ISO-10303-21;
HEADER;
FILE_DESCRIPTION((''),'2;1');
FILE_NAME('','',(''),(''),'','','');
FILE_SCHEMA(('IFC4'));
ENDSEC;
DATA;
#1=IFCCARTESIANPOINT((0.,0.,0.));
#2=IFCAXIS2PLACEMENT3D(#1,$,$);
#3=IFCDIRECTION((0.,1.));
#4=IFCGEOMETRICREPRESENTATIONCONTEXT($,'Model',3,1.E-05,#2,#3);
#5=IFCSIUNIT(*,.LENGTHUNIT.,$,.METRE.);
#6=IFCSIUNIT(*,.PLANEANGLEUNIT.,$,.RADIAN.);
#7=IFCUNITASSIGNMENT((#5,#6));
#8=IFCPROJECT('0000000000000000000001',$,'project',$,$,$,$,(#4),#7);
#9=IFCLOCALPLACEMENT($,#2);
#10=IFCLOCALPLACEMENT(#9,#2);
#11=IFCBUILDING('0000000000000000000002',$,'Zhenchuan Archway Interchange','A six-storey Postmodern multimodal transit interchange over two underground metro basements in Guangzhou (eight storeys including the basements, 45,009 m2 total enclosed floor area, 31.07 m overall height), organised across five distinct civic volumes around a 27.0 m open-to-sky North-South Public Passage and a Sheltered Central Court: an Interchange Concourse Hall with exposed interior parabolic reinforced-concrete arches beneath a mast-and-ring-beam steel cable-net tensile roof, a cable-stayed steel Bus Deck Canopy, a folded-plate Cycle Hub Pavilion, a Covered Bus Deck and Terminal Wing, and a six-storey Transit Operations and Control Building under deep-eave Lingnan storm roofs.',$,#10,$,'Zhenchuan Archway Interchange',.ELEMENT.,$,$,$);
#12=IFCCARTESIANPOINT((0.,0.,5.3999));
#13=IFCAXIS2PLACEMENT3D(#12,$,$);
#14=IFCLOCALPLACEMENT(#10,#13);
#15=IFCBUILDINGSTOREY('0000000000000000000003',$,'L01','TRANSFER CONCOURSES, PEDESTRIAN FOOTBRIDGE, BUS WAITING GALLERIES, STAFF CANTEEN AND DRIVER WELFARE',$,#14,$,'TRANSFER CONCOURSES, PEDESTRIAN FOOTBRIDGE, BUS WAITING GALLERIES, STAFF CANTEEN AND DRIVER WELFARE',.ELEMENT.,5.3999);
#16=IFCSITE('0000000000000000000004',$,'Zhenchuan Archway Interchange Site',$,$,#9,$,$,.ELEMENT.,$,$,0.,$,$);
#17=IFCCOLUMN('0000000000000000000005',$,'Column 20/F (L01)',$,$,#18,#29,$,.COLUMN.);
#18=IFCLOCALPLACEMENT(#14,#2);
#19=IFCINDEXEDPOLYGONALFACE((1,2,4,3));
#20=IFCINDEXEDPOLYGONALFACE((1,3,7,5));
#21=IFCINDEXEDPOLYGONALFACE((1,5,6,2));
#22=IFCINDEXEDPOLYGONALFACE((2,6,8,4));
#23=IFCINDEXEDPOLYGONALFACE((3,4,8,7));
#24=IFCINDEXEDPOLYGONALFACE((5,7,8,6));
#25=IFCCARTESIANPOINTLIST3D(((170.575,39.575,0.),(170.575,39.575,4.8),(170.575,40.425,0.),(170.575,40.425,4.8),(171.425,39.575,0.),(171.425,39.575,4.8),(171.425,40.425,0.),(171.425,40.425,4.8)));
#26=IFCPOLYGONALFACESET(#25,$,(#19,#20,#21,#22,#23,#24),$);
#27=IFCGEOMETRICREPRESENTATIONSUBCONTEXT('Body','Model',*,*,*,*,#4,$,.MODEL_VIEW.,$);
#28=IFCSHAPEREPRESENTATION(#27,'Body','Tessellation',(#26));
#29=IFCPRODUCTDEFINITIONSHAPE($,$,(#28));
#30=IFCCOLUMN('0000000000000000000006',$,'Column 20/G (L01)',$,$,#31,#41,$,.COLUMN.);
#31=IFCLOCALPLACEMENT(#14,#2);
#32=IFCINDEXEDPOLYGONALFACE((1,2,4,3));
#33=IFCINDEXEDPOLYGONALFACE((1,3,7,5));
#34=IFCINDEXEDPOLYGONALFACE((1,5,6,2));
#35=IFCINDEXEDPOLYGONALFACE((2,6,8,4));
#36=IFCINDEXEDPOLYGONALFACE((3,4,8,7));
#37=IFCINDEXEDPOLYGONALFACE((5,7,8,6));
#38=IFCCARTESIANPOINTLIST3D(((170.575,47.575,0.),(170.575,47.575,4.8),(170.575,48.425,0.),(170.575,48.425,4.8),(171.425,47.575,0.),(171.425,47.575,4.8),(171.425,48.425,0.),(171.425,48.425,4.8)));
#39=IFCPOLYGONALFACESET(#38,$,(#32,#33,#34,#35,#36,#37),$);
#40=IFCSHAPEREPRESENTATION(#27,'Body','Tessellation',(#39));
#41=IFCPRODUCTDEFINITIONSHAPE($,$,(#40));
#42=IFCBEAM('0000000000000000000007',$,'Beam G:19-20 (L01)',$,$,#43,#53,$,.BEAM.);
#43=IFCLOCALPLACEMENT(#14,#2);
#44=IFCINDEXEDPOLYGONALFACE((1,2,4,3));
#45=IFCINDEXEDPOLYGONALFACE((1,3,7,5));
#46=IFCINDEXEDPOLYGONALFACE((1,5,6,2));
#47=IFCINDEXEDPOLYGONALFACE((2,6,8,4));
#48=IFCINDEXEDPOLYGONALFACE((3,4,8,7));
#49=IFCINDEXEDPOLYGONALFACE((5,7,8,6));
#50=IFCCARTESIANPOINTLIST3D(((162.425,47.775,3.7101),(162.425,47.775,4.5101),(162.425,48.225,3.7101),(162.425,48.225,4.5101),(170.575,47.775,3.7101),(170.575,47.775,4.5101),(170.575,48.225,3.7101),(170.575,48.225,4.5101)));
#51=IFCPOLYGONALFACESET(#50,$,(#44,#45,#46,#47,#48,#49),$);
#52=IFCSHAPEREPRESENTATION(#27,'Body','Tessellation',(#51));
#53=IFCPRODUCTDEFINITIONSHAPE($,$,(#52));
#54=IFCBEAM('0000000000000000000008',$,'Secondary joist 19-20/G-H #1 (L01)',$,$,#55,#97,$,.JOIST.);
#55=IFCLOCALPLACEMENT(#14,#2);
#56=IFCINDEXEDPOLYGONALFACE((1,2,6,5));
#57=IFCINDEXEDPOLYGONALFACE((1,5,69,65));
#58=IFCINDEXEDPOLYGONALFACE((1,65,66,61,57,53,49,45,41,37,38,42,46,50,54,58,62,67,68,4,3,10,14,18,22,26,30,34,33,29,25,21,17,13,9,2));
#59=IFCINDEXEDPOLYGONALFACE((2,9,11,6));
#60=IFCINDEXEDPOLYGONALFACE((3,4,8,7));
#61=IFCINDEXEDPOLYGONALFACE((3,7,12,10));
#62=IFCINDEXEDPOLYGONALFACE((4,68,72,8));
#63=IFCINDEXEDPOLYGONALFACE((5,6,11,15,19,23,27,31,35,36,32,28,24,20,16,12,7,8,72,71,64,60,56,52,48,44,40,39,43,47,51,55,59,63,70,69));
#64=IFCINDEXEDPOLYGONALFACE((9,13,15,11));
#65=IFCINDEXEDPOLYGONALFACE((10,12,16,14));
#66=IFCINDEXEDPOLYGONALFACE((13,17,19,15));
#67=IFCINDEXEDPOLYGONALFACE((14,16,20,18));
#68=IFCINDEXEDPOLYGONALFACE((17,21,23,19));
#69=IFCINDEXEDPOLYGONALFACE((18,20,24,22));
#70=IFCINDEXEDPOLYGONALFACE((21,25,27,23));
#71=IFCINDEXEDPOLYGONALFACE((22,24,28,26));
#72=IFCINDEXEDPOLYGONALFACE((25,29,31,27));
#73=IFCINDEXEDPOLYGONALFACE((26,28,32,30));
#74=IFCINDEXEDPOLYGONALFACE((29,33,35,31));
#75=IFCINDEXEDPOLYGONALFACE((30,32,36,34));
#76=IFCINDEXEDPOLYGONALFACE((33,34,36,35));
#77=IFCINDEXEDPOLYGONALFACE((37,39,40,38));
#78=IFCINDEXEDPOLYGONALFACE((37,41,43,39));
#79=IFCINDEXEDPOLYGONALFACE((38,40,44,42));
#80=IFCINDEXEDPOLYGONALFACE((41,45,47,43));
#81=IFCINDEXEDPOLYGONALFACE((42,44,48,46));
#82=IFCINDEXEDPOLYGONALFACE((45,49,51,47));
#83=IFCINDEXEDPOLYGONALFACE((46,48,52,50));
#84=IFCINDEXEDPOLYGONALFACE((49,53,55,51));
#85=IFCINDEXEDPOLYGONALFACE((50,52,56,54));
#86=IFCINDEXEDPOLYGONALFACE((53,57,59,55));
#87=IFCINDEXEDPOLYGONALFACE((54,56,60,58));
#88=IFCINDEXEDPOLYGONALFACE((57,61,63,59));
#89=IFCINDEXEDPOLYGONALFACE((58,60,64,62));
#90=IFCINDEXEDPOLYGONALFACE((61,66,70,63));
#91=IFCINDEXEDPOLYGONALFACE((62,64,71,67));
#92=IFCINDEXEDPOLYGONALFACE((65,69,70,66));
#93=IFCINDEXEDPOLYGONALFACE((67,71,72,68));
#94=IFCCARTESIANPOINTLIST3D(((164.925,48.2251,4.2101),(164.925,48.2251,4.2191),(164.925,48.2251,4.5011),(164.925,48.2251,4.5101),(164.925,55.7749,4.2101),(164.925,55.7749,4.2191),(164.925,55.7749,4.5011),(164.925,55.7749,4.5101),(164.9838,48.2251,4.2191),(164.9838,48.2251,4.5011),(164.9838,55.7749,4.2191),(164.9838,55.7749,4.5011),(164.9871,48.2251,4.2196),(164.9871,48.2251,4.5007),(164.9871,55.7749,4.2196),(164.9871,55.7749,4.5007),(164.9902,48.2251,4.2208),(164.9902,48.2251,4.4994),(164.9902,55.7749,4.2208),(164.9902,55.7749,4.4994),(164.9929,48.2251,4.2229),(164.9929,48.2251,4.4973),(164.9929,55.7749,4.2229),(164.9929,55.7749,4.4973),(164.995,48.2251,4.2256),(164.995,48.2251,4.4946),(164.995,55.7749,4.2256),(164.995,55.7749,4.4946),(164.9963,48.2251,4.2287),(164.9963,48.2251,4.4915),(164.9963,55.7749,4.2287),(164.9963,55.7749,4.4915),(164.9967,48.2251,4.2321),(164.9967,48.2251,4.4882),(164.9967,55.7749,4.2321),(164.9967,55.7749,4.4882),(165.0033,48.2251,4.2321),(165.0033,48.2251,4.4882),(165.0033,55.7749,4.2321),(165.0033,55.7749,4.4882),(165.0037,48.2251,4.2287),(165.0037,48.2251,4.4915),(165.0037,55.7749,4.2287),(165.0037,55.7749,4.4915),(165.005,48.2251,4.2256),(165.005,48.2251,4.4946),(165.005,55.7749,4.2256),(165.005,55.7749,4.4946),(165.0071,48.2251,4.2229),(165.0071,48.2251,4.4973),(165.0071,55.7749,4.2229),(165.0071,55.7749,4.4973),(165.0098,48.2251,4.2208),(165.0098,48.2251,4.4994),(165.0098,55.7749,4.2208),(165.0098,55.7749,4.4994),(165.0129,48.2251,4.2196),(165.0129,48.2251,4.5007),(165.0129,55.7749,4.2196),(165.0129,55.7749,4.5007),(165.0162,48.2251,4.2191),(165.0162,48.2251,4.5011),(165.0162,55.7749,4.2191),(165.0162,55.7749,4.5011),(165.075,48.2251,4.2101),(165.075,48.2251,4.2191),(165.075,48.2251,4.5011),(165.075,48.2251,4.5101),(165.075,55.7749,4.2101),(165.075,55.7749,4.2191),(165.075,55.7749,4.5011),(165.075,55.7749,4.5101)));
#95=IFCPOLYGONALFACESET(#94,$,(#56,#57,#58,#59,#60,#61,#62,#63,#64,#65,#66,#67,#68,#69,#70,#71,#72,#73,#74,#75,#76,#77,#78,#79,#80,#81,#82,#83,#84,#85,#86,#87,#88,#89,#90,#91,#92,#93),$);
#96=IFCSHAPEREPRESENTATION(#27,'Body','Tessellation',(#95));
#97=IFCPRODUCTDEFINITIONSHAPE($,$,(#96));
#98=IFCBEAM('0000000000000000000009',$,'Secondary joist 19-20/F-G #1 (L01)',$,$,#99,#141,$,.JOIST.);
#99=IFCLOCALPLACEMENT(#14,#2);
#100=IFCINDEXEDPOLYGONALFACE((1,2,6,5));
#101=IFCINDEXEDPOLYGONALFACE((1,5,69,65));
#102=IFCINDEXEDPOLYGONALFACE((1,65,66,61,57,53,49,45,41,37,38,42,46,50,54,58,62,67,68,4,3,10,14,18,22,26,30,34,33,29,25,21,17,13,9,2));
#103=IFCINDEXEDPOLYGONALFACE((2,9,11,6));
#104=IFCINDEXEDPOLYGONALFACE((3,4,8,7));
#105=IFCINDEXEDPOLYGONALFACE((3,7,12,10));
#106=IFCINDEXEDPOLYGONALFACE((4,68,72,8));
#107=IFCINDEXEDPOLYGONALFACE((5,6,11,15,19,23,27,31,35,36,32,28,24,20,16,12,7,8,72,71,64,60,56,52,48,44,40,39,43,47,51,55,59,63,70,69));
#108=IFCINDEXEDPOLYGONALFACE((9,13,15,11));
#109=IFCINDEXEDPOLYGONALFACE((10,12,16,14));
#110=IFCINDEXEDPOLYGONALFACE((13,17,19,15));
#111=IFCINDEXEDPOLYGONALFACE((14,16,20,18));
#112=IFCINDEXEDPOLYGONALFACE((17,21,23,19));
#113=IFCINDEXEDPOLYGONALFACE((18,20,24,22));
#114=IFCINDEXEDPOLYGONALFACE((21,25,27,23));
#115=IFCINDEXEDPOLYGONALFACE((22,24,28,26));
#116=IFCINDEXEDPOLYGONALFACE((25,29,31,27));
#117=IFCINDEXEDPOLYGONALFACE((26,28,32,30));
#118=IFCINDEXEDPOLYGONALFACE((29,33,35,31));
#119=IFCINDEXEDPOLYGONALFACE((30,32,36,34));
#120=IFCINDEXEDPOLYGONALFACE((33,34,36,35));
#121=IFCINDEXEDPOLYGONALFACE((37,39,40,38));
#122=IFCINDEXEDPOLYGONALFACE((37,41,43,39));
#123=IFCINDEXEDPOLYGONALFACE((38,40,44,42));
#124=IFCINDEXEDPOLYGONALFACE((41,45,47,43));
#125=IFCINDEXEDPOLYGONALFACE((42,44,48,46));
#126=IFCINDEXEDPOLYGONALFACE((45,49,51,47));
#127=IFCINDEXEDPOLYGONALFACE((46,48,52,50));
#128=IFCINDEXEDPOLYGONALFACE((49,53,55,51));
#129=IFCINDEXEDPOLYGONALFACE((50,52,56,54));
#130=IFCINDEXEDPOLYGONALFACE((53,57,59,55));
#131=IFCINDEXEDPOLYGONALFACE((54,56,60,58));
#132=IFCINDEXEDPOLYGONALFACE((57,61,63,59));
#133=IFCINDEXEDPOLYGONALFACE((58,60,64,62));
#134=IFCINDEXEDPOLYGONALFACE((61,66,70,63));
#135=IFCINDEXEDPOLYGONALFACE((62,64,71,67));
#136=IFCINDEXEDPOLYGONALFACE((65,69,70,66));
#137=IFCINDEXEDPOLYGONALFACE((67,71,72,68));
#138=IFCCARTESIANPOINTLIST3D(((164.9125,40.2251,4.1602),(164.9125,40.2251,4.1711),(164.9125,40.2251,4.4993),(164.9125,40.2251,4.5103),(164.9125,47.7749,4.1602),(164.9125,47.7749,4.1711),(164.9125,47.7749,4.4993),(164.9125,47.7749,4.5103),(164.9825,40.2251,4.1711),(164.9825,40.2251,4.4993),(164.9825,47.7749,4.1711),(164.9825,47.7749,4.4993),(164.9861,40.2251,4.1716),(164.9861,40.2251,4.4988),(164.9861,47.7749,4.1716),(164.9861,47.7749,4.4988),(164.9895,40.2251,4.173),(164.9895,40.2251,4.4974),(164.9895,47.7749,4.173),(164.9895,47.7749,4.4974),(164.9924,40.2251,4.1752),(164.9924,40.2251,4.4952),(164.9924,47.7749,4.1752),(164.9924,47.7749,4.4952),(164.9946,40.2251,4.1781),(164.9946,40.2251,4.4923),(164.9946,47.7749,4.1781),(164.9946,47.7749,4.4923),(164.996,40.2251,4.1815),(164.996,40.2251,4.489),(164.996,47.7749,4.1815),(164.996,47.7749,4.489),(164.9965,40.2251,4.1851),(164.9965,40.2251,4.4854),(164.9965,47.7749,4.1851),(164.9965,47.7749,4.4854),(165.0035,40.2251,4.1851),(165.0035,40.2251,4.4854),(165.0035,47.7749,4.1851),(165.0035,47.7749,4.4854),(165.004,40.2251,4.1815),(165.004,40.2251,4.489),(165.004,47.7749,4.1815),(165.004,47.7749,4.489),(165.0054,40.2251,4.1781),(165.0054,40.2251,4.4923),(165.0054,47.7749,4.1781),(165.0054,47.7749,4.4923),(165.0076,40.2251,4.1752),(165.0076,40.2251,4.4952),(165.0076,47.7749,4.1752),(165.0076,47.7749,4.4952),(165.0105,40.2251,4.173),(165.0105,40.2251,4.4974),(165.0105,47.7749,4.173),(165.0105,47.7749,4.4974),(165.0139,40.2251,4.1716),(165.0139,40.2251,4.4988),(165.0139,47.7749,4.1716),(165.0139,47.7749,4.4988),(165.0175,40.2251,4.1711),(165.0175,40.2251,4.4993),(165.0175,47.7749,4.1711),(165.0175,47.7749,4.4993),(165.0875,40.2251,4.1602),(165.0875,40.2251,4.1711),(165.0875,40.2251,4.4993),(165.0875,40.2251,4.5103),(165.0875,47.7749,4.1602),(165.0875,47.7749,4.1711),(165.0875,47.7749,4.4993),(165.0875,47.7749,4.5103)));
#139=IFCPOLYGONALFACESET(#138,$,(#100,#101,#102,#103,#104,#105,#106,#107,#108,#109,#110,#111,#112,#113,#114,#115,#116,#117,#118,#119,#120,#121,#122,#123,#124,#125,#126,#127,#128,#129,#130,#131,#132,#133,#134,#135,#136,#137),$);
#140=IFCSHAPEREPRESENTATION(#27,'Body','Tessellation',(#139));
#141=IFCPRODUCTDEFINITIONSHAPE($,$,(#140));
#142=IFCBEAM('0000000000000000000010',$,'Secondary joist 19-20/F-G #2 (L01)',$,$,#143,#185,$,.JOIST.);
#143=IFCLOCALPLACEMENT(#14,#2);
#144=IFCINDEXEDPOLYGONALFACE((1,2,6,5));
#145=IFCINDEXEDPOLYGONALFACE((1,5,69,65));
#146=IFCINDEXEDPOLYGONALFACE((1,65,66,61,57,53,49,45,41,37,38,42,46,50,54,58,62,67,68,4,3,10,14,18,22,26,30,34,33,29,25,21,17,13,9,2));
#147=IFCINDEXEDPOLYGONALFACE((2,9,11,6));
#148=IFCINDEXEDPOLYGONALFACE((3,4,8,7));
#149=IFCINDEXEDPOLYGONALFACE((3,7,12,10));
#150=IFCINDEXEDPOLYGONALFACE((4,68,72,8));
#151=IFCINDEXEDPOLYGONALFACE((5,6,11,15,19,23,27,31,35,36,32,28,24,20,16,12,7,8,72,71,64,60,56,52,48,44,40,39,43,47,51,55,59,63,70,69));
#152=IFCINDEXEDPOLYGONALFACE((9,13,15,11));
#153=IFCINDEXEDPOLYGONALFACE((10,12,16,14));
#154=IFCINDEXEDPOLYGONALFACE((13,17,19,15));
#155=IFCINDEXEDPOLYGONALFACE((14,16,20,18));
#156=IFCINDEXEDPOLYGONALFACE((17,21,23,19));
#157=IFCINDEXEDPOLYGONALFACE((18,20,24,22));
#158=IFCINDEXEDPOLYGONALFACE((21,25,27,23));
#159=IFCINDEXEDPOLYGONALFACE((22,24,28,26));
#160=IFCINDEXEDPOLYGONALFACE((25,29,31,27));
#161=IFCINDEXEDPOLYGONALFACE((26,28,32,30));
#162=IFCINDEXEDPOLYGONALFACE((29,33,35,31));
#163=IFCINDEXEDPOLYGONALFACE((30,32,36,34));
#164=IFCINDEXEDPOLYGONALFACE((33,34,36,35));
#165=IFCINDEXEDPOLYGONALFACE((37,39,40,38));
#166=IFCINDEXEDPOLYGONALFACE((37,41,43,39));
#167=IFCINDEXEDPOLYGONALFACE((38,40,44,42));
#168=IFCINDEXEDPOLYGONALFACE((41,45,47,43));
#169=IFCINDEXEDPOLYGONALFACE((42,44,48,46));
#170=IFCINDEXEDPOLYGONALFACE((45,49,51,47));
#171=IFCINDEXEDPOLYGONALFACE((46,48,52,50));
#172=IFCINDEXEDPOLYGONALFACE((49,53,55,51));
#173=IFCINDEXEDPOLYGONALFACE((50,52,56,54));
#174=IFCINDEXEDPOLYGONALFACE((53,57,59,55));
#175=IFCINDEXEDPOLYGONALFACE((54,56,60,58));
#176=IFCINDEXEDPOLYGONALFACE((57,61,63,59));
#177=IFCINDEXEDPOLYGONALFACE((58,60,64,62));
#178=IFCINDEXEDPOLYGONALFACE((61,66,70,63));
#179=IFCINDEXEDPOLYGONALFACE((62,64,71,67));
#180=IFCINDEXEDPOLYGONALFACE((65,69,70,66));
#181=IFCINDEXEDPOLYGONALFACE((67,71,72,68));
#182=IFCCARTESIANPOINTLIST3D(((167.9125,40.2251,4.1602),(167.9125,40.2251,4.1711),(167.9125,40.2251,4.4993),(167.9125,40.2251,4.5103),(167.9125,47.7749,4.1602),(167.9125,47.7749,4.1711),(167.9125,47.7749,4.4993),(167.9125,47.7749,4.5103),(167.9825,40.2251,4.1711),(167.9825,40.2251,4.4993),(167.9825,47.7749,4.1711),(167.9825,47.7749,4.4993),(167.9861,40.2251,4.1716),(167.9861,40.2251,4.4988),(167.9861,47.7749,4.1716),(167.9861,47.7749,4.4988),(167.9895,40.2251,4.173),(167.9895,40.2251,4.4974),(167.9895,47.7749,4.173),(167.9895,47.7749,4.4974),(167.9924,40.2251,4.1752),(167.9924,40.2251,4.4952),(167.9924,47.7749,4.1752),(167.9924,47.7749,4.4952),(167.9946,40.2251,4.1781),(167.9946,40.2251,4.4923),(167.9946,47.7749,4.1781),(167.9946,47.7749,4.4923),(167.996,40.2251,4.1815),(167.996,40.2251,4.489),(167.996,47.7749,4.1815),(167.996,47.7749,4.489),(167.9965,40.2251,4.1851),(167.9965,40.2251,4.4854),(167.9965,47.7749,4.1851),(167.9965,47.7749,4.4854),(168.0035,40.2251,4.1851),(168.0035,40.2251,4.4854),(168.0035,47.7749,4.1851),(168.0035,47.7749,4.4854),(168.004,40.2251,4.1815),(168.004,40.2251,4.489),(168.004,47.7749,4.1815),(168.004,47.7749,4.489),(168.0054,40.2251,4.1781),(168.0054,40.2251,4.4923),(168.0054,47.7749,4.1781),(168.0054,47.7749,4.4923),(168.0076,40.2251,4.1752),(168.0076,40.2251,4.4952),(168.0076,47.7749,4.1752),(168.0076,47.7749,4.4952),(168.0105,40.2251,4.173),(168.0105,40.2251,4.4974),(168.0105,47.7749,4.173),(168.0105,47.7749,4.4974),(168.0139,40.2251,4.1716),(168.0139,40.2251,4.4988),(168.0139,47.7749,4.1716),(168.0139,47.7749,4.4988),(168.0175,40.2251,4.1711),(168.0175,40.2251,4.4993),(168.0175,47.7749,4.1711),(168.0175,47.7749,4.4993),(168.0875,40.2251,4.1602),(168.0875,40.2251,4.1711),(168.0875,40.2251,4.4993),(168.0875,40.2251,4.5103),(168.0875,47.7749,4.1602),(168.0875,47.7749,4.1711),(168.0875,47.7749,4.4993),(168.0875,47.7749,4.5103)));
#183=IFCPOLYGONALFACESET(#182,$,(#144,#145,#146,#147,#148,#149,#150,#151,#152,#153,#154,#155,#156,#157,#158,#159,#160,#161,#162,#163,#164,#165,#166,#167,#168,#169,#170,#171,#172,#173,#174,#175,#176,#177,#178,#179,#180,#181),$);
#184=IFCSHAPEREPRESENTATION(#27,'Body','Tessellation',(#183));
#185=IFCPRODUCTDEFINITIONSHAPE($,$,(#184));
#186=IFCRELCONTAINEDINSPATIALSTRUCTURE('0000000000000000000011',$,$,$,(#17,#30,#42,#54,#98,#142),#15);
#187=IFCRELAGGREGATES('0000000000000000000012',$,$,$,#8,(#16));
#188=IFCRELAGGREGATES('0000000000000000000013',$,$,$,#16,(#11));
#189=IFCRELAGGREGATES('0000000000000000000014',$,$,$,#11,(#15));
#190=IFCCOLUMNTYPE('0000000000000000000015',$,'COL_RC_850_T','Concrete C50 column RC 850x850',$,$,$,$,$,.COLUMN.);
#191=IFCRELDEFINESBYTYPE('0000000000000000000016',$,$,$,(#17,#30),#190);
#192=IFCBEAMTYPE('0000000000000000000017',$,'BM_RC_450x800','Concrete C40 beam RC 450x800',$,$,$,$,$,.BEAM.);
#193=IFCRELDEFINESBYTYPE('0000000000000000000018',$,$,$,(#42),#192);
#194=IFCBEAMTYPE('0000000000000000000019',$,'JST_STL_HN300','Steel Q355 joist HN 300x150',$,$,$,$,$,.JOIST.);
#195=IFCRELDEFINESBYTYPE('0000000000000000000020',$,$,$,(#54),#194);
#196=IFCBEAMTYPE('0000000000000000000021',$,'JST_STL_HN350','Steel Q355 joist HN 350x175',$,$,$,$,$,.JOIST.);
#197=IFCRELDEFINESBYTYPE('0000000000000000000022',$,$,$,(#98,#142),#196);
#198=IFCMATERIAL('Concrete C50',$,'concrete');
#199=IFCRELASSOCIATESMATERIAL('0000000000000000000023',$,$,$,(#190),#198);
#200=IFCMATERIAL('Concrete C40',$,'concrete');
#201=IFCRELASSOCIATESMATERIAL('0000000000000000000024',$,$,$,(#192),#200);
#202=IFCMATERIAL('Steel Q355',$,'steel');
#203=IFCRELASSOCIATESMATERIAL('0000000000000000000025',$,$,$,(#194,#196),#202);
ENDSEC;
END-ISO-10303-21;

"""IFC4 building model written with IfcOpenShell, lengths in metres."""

from ifc_helpers import new_model, si_unit, direction, frame, origin, origin_2d, place, context, subcontext, project, spatial, rectangle, i_section, extrude, material, material_profile, profile_set, type_object, element, save


model = new_model("IFC4")

# Units and contexts
model_context = context("Model", 3, precision=1e-05, world=origin(), true_north=direction((0.0, 1.0)))
body_context = subcontext(model_context, "Body", "Model", "MODEL_VIEW")
ifc_project = project(units=[si_unit("LENGTHUNIT", "METRE"), si_unit("PLANEANGLEUNIT", "RADIAN")], contexts=[model_context])

# Site, building, storey
site_placement = place(None, origin())
site = spatial("IfcSite", under=ifc_project, at=site_placement, Name="Zhenchuan Archway Interchange Site", CompositionType="ELEMENT", RefElevation=0.0)
building_placement = place(site_placement, origin())
building = spatial("IfcBuilding", under=site, at=building_placement, Name="Zhenchuan Archway Interchange", Description="A six-storey Postmodern multimodal transit interchange over two underground metro basements in Guangzhou (eight storeys including the basements, 45,009 m2 total enclosed floor area, 31.07 m overall height), organised across five distinct civic volumes around a 27.0 m open-to-sky North-South Public Passage and a Sheltered Central Court: an Interchange Concourse Hall with exposed interior parabolic reinforced-concrete arches beneath a mast-and-ring-beam steel cable-net tensile roof, a cable-stayed steel Bus Deck Canopy, a folded-plate Cycle Hub Pavilion, a Covered Bus Deck and Terminal Wing, and a six-storey Transit Operations and Control Building under deep-eave Lingnan storm roofs.", LongName="Zhenchuan Archway Interchange", CompositionType="ELEMENT")
storey_placement = place(building_placement, frame((0.0, 0.0, 5.3999)))
storey = spatial("IfcBuildingStorey", under=building, at=storey_placement, Name="L01", Description="TRANSFER CONCOURSES, PEDESTRIAN FOOTBRIDGE, BUS WAITING GALLERIES, STAFF CANTEEN AND DRIVER WELFARE", LongName="TRANSFER CONCOURSES, PEDESTRIAN FOOTBRIDGE, BUS WAITING GALLERIES, STAFF CANTEEN AND DRIVER WELFARE", CompositionType="ELEMENT", Elevation=5.3999)

# Columns
ifc_material_1 = material(Name="Concrete C50", Category="concrete")
ifc_material_profile_1 = material_profile(ifc_material_1, rectangle(XDim=0.8501, YDim=0.8501, at=origin_2d()), Name="RC 850x850")
ifc_profile_set_1 = profile_set([ifc_material_profile_1], Name="Concrete C50")
column_type = type_object("IfcColumnType", Name="COL_RC_850_T", Description="Concrete C50 column RC 850x850", PredefinedType="COLUMN", material=ifc_profile_set_1)
for number, where, z_axis, x_axis, name in (
    (1, (171.0, 40.0, 0.0), (0.0, 0.0, 1.0), (1.0, 0.0, 0.0), "Column 20/F (L01)"),
    (2, (171.0, 48.0, 0.0), (0.0, 0.0, 1.0), (1.0, 0.0, 0.0), "Column 20/G (L01)"),
):
    element("IfcColumn", number, at=place(storey_placement, frame(where, z_axis=z_axis, x_axis=x_axis)), inside=storey, type_object=column_type, Name=name, PredefinedType="COLUMN", context=body_context, shape_type="SweptSolid", body=[
        extrude(rectangle(XDim=0.8501, YDim=0.8501, at=origin_2d()), origin(), (0.0, 0.0, 1.0), 4.8),
    ])

# Beams
ifc_material_2 = material(Name="Concrete C40", Category="concrete")
ifc_material_profile_2 = material_profile(ifc_material_2, rectangle(XDim=0.45, YDim=0.8, at=origin_2d()), Name="RC 450x800")
ifc_profile_set_2 = profile_set([ifc_material_profile_2], Name="Concrete C40")
beam_type_1 = type_object("IfcBeamType", Name="BM_RC_450x800", Description="Concrete C40 beam RC 450x800", PredefinedType="BEAM", material=ifc_profile_set_2)
beam_1_placement = place(storey_placement, frame((162.425, 48.0, 4.1101), z_axis=(1.0, 0.0, 0.0), x_axis=(0.0, 1.0, 0.0)))
element("IfcBeam", 3, at=beam_1_placement, inside=storey, type_object=beam_type_1, Name="Beam G:19-20 (L01)", PredefinedType="BEAM", context=body_context, shape_type="SweptSolid", body=[
    extrude(rectangle(XDim=0.45, YDim=0.8, at=origin_2d()), origin(), (0.0, 0.0, 1.0), 8.1499),
])
ifc_material_3 = material(Name="Steel Q355", Category="steel")
ifc_material_profile_3 = material_profile(ifc_material_3, i_section(OverallWidth=0.1499, OverallDepth=0.3, WebThickness=0.0066, FlangeThickness=0.009, FilletRadius=0.0129, at=origin_2d()), Name="HN 300x150")
ifc_profile_set_3 = profile_set([ifc_material_profile_3], Name="Steel Q355")
beam_type_2 = type_object("IfcBeamType", Name="JST_STL_HN300", Description="Steel Q355 joist HN 300x150", PredefinedType="JOIST", material=ifc_profile_set_3)
beam_2_placement = place(storey_placement, frame((165.0, 48.2251, 4.3601), z_axis=(0.0, 1.0, 0.0), x_axis=(-1.0, 0.0, 0.0)))
element("IfcBeam", 4, at=beam_2_placement, inside=storey, type_object=beam_type_2, Name="Secondary joist 19-20/G-H #1 (L01)", PredefinedType="JOIST", context=body_context, shape_type="SweptSolid", body=[
    extrude(i_section(OverallWidth=0.1499, OverallDepth=0.3, WebThickness=0.0066, FlangeThickness=0.009, FilletRadius=0.0129, at=origin_2d()), origin(), (0.0, 0.0, 1.0), 7.5498),
])
ifc_material_profile_4 = material_profile(ifc_material_3, i_section(OverallWidth=0.175, OverallDepth=0.3501, WebThickness=0.0071, FlangeThickness=0.011, FilletRadius=0.0139, at=origin_2d()), Name="HN 350x175")
ifc_profile_set_4 = profile_set([ifc_material_profile_4], Name="Steel Q355")
beam_type_3 = type_object("IfcBeamType", Name="JST_STL_HN350", Description="Steel Q355 joist HN 350x175", PredefinedType="JOIST", material=ifc_profile_set_4)
for number, where, z_axis, x_axis, name in (
    (5, (165.0, 40.2251, 4.3352), (0.0, 1.0, 0.0), (-1.0, 0.0, 0.0), "Secondary joist 19-20/F-G #1 (L01)"),
    (6, (168.0, 40.2251, 4.3352), (0.0, 1.0, 0.0), (-1.0, 0.0, 0.0), "Secondary joist 19-20/F-G #2 (L01)"),
):
    element("IfcBeam", number, at=place(storey_placement, frame(where, z_axis=z_axis, x_axis=x_axis)), inside=storey, type_object=beam_type_3, Name=name, PredefinedType="JOIST", context=body_context, shape_type="SweptSolid", body=[
        extrude(i_section(OverallWidth=0.175, OverallDepth=0.3501, WebThickness=0.0071, FlangeThickness=0.011, FilletRadius=0.0139, at=origin_2d()), origin(), (0.0, 0.0, 1.0), 7.5498),
    ])

save(model, "model.ifc")
